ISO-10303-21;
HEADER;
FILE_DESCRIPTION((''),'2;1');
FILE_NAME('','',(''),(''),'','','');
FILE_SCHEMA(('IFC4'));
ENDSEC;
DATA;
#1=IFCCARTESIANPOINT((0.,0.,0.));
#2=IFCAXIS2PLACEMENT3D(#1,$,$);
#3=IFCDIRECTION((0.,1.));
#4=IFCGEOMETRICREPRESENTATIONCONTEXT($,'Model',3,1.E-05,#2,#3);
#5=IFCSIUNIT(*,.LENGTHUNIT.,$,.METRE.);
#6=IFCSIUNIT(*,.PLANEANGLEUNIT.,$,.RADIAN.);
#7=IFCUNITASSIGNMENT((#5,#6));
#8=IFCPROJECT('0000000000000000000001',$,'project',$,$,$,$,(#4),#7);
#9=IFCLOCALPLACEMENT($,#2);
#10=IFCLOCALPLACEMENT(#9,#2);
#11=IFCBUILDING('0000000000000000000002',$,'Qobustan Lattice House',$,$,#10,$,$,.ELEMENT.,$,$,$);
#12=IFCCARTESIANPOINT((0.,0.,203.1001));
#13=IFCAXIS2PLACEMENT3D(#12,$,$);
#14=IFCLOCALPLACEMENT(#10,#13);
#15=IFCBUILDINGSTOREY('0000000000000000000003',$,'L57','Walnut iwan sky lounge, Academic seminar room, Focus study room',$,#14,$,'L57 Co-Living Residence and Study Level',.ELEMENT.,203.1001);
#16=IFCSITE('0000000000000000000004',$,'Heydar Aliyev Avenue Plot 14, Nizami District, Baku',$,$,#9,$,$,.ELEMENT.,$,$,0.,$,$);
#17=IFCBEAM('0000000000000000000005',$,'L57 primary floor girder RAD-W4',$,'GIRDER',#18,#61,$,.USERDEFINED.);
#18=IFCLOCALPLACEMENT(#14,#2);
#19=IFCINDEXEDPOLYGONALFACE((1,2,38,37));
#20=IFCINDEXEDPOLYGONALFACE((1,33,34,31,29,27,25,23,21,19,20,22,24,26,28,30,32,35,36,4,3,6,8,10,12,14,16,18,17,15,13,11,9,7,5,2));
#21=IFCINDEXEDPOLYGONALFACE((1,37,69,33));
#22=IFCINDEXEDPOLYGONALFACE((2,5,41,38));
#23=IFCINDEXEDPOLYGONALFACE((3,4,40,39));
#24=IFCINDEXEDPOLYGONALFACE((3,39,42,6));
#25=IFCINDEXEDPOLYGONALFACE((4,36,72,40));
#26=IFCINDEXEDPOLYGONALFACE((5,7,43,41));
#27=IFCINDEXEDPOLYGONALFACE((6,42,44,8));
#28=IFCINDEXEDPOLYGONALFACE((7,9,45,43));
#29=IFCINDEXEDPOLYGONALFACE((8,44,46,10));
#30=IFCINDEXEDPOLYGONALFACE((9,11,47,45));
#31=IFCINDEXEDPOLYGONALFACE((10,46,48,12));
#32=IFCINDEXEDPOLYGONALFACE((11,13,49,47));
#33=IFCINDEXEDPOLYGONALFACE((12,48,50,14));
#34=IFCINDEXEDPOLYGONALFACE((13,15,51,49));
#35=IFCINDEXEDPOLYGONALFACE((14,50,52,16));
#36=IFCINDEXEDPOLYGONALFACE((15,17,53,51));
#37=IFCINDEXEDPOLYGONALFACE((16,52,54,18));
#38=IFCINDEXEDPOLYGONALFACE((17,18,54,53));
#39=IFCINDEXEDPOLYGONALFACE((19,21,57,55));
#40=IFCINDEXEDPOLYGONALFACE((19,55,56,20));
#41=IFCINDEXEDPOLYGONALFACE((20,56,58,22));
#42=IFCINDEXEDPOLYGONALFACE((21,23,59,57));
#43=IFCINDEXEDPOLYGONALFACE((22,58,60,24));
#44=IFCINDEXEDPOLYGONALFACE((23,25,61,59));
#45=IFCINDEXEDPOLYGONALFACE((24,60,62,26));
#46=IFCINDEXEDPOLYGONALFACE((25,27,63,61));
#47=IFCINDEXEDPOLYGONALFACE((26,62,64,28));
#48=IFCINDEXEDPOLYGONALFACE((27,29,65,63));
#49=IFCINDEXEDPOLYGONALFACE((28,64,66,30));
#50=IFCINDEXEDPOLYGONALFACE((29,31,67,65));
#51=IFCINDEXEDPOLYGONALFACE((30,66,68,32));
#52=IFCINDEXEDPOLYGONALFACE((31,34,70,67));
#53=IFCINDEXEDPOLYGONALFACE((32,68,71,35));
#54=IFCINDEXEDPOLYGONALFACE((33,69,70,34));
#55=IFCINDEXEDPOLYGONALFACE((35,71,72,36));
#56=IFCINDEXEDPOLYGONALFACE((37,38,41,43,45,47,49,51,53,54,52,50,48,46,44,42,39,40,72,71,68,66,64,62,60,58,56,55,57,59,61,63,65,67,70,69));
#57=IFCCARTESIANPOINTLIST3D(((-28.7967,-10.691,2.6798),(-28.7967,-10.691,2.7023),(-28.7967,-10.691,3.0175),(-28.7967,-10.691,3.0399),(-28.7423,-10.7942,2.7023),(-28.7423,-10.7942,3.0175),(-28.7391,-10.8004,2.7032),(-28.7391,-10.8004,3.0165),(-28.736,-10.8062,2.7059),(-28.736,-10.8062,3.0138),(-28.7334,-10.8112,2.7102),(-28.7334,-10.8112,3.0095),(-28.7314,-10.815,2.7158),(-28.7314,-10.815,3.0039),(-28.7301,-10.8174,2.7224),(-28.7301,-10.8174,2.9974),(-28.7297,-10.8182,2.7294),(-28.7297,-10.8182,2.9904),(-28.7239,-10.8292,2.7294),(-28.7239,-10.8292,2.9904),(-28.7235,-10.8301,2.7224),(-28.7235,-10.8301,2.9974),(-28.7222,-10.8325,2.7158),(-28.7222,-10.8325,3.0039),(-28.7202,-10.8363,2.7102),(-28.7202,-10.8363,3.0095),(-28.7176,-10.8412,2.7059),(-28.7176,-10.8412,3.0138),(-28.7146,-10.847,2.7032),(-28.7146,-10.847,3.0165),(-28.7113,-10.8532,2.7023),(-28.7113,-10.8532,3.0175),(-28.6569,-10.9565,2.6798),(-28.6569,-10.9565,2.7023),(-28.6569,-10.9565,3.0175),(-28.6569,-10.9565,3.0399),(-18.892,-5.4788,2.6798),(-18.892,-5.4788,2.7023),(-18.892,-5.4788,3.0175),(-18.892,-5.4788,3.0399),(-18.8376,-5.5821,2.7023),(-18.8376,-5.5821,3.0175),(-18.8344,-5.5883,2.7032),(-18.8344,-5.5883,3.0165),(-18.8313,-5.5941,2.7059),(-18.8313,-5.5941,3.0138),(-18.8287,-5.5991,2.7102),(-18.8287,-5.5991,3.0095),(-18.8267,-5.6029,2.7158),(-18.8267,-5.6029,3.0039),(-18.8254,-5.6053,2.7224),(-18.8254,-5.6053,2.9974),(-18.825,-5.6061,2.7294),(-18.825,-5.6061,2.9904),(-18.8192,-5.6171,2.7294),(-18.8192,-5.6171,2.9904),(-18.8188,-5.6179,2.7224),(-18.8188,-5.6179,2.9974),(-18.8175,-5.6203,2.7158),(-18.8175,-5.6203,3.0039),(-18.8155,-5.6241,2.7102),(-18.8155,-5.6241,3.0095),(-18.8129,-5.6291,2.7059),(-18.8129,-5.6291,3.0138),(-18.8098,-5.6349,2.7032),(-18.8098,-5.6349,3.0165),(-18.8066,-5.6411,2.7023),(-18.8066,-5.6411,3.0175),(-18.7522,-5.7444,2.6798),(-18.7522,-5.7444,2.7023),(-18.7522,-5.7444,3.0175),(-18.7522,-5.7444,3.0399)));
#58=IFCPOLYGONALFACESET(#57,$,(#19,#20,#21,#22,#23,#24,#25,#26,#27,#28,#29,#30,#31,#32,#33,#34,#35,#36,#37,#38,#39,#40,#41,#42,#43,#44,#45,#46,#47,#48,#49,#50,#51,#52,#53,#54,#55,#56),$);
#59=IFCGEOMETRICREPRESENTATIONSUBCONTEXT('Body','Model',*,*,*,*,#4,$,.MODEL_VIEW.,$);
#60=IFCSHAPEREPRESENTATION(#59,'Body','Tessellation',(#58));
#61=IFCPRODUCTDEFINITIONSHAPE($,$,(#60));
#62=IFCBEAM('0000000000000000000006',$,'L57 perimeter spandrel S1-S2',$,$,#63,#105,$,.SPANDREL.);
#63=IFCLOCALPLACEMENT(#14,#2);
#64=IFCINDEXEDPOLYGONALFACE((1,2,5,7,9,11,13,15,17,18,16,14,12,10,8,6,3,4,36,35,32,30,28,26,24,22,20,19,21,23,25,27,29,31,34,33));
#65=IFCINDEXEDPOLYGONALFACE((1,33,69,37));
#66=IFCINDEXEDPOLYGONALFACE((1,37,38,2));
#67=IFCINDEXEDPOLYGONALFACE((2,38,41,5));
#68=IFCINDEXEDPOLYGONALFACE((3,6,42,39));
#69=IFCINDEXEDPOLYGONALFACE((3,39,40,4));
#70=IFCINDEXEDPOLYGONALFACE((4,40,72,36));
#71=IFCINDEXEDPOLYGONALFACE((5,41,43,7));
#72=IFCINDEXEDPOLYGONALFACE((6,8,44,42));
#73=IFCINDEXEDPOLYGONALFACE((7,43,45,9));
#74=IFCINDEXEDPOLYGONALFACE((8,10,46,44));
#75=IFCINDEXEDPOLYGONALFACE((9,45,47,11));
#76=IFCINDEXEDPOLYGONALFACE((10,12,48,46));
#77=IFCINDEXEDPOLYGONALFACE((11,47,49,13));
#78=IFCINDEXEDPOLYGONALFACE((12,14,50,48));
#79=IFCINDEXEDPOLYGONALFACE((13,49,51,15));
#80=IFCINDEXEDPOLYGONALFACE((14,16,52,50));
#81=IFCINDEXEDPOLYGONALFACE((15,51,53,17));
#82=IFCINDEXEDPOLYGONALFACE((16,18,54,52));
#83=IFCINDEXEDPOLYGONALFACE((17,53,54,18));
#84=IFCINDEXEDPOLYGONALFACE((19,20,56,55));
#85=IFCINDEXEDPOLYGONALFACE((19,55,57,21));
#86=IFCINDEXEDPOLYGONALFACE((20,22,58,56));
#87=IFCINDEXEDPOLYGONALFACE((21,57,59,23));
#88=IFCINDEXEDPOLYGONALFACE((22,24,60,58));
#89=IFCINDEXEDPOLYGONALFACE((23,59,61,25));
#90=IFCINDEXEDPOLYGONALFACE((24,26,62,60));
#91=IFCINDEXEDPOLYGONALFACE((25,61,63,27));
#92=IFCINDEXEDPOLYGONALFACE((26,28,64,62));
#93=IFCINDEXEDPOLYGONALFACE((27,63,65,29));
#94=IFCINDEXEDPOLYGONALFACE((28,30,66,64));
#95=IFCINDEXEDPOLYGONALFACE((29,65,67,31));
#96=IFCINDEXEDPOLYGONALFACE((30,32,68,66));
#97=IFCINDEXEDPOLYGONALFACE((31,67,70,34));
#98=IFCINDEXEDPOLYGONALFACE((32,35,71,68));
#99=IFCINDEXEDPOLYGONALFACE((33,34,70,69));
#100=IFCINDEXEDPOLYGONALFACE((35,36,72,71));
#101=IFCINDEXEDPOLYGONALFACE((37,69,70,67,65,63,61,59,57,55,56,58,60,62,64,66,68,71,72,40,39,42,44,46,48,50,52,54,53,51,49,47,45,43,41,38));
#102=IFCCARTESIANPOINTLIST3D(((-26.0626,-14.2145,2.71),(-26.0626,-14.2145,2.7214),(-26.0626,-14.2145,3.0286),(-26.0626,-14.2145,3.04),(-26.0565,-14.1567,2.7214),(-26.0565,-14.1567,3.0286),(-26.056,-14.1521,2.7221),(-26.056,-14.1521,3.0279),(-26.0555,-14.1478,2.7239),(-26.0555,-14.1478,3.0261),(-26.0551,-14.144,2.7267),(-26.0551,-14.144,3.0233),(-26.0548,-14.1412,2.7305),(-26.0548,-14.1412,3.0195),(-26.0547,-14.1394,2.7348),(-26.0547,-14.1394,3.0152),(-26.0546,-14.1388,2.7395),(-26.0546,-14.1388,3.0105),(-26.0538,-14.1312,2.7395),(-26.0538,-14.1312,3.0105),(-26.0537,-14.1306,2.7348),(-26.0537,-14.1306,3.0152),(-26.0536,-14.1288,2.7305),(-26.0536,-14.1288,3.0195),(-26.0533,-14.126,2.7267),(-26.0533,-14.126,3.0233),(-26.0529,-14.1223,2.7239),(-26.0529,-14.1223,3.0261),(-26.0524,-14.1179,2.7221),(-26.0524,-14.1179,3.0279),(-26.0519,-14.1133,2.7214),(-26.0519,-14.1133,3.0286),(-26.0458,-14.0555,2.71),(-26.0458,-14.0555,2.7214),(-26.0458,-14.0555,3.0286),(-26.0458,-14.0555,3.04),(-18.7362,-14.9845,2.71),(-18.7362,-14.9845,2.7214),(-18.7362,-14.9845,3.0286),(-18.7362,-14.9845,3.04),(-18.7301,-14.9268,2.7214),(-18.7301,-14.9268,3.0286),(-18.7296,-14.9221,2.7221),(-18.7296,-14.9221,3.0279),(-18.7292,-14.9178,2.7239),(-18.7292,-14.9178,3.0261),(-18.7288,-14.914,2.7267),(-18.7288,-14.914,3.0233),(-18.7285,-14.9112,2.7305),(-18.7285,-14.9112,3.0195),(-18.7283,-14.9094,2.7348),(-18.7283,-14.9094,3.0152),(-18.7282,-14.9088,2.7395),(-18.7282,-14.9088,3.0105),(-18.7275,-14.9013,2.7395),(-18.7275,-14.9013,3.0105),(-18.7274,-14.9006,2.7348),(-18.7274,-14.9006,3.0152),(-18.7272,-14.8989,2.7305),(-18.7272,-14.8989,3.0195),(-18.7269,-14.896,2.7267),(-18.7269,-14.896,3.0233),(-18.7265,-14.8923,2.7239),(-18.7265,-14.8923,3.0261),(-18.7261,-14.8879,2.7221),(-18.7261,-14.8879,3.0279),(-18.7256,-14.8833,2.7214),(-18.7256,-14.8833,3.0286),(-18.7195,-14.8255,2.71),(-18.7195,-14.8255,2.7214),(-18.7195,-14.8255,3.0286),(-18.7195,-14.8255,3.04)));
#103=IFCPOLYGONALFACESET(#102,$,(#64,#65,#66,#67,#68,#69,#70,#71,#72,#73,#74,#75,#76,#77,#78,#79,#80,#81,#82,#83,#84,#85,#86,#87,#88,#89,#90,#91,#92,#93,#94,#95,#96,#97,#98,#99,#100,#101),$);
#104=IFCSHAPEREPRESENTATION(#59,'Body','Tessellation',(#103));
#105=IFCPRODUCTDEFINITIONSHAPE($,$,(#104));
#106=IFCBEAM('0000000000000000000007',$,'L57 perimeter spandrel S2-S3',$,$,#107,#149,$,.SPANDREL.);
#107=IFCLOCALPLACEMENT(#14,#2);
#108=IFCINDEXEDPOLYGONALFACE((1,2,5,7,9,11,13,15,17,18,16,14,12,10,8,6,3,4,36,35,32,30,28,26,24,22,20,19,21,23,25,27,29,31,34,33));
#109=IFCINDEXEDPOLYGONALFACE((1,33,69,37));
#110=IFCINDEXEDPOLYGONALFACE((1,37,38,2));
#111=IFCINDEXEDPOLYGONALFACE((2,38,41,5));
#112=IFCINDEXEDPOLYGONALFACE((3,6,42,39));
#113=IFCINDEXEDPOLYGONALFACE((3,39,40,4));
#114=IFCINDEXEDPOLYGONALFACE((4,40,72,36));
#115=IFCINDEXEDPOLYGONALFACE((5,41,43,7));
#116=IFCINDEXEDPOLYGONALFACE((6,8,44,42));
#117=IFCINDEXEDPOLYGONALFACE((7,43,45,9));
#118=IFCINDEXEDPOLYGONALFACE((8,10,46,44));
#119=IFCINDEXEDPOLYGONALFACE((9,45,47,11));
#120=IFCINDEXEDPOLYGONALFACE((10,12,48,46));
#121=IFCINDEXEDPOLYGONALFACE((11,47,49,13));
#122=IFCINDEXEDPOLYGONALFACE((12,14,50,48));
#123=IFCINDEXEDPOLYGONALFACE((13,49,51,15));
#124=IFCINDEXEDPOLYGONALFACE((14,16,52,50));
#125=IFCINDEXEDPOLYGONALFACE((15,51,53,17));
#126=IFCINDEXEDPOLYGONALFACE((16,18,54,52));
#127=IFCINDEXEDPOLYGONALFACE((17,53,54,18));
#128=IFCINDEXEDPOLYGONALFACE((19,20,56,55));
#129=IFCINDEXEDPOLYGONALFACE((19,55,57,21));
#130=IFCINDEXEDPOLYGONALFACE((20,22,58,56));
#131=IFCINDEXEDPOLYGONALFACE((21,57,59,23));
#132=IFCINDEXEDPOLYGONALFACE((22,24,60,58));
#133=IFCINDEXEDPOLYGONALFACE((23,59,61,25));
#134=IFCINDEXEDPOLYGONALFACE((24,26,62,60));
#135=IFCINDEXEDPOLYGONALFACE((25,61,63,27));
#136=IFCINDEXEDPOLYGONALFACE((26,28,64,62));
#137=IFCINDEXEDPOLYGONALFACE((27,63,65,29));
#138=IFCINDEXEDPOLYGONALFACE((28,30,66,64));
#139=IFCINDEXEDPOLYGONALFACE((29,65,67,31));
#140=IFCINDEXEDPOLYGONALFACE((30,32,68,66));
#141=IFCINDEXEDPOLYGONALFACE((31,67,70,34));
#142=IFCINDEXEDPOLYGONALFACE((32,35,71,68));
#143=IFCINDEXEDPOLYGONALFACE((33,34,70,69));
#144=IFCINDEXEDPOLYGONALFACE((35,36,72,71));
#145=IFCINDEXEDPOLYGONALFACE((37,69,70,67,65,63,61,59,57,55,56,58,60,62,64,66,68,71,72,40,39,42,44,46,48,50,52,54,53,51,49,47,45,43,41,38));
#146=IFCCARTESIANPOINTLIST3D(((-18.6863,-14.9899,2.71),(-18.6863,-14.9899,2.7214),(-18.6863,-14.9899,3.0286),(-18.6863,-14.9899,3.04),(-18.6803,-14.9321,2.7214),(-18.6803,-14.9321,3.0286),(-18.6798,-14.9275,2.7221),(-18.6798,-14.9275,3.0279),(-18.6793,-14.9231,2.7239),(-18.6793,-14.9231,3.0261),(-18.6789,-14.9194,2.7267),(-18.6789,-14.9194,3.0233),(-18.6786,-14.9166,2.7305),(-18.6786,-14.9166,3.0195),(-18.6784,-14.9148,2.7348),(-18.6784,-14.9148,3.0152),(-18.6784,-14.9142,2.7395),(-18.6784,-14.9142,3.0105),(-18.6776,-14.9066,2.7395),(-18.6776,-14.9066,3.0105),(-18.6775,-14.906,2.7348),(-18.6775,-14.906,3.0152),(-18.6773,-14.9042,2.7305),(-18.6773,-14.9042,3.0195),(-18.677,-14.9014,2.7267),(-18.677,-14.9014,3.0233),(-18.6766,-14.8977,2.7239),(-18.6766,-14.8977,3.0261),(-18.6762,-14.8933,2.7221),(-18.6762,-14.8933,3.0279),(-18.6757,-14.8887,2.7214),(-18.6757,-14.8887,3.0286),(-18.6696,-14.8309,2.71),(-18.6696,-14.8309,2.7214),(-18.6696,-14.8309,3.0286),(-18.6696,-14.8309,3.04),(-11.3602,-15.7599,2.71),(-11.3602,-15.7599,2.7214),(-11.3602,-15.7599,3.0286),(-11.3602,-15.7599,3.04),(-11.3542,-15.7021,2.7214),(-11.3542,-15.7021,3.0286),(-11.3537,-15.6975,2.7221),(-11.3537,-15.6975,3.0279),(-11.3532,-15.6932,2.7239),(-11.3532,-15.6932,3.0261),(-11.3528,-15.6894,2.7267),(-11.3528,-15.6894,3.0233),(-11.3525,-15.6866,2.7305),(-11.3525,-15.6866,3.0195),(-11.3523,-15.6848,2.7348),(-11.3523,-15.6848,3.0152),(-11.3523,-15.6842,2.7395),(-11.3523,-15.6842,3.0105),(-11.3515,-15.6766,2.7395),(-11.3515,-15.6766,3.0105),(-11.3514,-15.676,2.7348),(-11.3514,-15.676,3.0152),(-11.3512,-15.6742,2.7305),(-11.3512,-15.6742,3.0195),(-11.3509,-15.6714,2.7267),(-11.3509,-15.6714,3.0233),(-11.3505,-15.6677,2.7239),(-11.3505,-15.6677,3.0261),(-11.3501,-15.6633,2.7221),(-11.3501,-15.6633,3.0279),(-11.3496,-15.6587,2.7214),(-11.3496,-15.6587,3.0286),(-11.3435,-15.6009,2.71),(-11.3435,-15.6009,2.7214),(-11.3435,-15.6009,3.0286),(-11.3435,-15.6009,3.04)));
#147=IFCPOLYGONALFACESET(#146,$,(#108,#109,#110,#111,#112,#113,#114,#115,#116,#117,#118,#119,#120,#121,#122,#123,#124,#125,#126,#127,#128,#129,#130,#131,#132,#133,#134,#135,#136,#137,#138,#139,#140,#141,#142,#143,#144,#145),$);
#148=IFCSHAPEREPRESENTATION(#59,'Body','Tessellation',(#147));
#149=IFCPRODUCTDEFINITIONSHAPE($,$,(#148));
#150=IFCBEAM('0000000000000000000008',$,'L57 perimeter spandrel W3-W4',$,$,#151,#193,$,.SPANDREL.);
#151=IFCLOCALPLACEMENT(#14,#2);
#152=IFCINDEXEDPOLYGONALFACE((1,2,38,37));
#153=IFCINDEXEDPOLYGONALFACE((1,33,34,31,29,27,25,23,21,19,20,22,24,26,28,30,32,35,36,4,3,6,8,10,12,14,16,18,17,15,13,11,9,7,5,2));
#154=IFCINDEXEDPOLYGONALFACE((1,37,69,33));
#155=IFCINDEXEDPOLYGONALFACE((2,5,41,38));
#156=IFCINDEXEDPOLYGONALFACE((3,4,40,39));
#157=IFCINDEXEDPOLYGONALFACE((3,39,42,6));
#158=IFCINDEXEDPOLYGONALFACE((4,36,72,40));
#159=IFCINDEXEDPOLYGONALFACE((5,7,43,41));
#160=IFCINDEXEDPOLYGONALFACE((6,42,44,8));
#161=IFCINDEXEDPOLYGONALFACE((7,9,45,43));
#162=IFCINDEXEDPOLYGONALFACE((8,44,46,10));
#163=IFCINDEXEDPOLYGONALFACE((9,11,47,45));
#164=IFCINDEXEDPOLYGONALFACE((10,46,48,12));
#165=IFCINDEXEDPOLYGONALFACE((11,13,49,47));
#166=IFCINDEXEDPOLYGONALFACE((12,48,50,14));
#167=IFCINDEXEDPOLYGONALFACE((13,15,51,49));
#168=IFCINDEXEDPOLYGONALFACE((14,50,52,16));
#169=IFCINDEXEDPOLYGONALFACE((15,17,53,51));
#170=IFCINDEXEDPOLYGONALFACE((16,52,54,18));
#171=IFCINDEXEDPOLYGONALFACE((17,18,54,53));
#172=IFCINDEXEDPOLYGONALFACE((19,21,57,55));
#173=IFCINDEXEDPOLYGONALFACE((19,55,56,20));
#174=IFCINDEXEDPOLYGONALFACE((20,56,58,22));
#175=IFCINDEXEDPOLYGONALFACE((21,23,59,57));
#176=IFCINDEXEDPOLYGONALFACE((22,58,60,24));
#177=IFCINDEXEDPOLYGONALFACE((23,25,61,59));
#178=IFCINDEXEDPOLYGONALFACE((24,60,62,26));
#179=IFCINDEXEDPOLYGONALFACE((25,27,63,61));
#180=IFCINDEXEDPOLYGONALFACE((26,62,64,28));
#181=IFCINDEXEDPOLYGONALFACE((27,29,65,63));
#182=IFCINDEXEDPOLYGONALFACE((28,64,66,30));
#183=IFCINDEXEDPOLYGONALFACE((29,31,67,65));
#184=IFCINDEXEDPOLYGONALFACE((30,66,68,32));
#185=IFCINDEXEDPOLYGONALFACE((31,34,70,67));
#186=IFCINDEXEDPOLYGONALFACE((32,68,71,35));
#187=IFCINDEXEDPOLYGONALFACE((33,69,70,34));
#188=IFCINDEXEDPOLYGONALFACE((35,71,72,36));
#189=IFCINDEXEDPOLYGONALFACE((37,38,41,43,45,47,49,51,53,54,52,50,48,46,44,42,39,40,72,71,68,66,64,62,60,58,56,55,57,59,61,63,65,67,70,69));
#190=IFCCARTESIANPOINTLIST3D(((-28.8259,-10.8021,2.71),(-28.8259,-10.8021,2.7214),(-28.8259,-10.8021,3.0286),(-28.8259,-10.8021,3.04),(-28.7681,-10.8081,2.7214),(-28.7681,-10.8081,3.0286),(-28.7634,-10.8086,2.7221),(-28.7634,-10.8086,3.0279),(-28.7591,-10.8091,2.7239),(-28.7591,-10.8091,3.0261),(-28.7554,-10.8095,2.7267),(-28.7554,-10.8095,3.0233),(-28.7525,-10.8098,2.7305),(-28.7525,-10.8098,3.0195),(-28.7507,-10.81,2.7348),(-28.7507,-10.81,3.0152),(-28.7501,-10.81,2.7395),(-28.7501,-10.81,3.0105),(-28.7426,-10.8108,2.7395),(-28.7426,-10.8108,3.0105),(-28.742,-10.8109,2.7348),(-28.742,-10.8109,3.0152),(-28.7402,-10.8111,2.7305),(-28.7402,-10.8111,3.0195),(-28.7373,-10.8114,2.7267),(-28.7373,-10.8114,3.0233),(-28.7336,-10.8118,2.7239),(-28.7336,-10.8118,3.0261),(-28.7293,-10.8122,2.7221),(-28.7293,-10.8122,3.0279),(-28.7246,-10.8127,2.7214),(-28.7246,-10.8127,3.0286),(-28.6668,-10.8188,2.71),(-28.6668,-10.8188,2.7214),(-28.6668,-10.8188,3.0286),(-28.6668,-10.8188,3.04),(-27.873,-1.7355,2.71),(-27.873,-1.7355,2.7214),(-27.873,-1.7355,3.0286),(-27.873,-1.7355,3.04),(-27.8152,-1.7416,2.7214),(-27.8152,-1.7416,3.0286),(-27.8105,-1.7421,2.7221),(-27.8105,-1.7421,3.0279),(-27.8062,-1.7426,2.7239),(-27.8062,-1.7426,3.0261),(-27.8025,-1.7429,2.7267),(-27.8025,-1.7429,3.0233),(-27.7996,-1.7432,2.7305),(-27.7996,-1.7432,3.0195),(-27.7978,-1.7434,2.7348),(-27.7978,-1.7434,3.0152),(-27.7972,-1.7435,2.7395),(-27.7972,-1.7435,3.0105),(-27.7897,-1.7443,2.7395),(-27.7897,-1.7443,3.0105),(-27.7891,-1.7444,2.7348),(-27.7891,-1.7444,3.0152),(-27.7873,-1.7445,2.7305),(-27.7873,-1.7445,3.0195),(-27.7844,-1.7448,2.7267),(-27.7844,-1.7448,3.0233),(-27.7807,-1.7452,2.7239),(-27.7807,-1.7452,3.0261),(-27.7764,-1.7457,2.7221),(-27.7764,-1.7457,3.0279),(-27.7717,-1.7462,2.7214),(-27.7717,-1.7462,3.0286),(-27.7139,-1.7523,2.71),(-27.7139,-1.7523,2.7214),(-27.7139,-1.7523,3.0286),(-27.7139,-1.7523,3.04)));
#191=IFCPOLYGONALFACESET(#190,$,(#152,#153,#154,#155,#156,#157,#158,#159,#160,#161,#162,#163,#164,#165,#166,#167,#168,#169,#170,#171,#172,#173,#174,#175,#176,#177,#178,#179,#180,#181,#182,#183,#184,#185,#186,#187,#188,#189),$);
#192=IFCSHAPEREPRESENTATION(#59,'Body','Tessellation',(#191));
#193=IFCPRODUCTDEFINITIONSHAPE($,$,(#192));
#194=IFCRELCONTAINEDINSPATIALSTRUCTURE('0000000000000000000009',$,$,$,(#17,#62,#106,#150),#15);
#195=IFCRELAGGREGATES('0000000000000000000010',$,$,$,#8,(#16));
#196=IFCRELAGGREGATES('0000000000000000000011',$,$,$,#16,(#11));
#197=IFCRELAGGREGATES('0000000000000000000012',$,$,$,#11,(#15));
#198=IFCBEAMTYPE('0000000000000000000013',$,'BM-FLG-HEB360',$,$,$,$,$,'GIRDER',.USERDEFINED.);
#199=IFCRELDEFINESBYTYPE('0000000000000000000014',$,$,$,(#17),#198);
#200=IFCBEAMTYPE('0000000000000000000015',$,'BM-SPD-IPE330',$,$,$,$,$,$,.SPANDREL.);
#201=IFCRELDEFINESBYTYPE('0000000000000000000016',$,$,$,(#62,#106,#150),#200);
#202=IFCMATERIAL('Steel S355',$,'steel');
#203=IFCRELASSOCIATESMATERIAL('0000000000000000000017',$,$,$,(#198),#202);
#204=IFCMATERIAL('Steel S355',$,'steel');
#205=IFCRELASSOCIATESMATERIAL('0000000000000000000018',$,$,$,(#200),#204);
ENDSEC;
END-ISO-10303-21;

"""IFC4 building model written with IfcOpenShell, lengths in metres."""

from ifc_helpers import new_model, si_unit, direction, frame, origin, origin_2d, place, context, subcontext, project, spatial, i_section, extrude, material, material_profile, profile_set, type_object, element, save


model = new_model("IFC4")

# Units and contexts
model_context = context("Model", 3, precision=1e-05, world=origin(), true_north=direction((0.0, 1.0)))
body_context = subcontext(model_context, "Body", "Model", "MODEL_VIEW")
ifc_project = project(units=[si_unit("LENGTHUNIT", "METRE"), si_unit("PLANEANGLEUNIT", "RADIAN")], contexts=[model_context])

# Site, building, storey
site_placement = place(None, origin())
site = spatial("IfcSite", under=ifc_project, at=site_placement, Name="Heydar Aliyev Avenue Plot 14, Nizami District, Baku", CompositionType="ELEMENT", RefElevation=0.0)
building_placement = place(site_placement, origin())
building = spatial("IfcBuilding", under=site, at=building_placement, Name="Qobustan Lattice House", CompositionType="ELEMENT")
storey_placement = place(building_placement, frame((0.0, 0.0, 203.1001)))
storey = spatial("IfcBuildingStorey", under=building, at=storey_placement, Name="L57", Description="Walnut iwan sky lounge, Academic seminar room, Focus study room", LongName="L57 Co-Living Residence and Study Level", CompositionType="ELEMENT", Elevation=203.1001)

# Beams
ifc_material_1 = material(Name="Steel S355", Category="steel")
ifc_material_profile_1 = material_profile(ifc_material_1, i_section(OverallWidth=0.3, OverallDepth=0.3601, WebThickness=0.0125, FlangeThickness=0.0225, FilletRadius=0.0271, at=origin_2d()), Name="HEB360")
ifc_profile_set_1 = profile_set([ifc_material_profile_1], Name="Steel S355")
beam_type_1 = type_object("IfcBeamType", Name="BM-FLG-HEB360", ElementType="GIRDER", PredefinedType="USERDEFINED", material=ifc_profile_set_1)
beam_1_placement = place(storey_placement, frame((-28.7268, -10.8237, 2.8599), z_axis=(0.884951, 0.465684, 0.0), x_axis=(-0.465684, 0.884951, 0.0)))
element("IfcBeam", 1, at=beam_1_placement, inside=storey, type_object=beam_type_1, Name="L57 primary floor girder RAD-W4", ObjectType="GIRDER", PredefinedType="USERDEFINED", context=body_context, shape_type="SweptSolid", body=[
    extrude(i_section(OverallWidth=0.3, OverallDepth=0.3601, WebThickness=0.0125, FlangeThickness=0.0225, FilletRadius=0.0271, at=origin_2d()), origin(), (0.0, 0.0, 1.0), 11.1924),
])
ifc_material_2 = material(Name="Steel S355", Category="steel")
ifc_material_profile_2 = material_profile(ifc_material_2, i_section(OverallWidth=0.1599, OverallDepth=0.3301, WebThickness=0.0076, FlangeThickness=0.0115, FilletRadius=0.0181, at=origin_2d()), Name="IPE330")
ifc_profile_set_2 = profile_set([ifc_material_profile_2], Name="Steel S355")
beam_type_2 = type_object("IfcBeamType", Name="BM-SPD-IPE330", PredefinedType="SPANDREL", material=ifc_profile_set_2)
beam_2_placement = place(storey_placement, frame((-26.0542, -14.135, 2.875), z_axis=(0.994522, -0.104526, 0.0), x_axis=(0.104526, 0.994522, 0.0)))
element("IfcBeam", 2, at=beam_2_placement, inside=storey, type_object=beam_type_2, Name="L57 perimeter spandrel S1-S2", PredefinedType="SPANDREL", context=body_context, shape_type="SweptSolid", body=[
    extrude(i_section(OverallWidth=0.1599, OverallDepth=0.3301, WebThickness=0.0076, FlangeThickness=0.0115, FilletRadius=0.0181, at=origin_2d()), origin(), (0.0, 0.0, 1.0), 7.3667),
])
beam_3_placement = place(storey_placement, frame((-18.678, -14.9104, 2.875), z_axis=(0.994522, -0.10453, 0.0), x_axis=(0.10453, 0.994522, 0.0)))
element("IfcBeam", 3, at=beam_3_placement, inside=storey, type_object=beam_type_2, Name="L57 perimeter spandrel S2-S3", PredefinedType="SPANDREL", context=body_context, shape_type="SweptSolid", body=[
    extrude(i_section(OverallWidth=0.1599, OverallDepth=0.3301, WebThickness=0.0076, FlangeThickness=0.0115, FilletRadius=0.0181, at=origin_2d()), origin(), (0.0, 0.0, 1.0), 7.3665),
])
beam_4_placement = place(storey_placement, frame((-27.7935, -1.7439, 2.875), z_axis=(-0.104524, -0.994522, 0.0), x_axis=(0.994522, -0.104524, 0.0)))
element("IfcBeam", 4, at=beam_4_placement, inside=storey, type_object=beam_type_2, Name="L57 perimeter spandrel W3-W4", PredefinedType="SPANDREL", context=body_context, shape_type="SweptSolid", body=[
    extrude(i_section(OverallWidth=0.1599, OverallDepth=0.3301, WebThickness=0.0076, FlangeThickness=0.0115, FilletRadius=0.0181, at=origin_2d()), origin(), (0.0, 0.0, 1.0), 9.1165),
])

save(model, "model.ifc")
